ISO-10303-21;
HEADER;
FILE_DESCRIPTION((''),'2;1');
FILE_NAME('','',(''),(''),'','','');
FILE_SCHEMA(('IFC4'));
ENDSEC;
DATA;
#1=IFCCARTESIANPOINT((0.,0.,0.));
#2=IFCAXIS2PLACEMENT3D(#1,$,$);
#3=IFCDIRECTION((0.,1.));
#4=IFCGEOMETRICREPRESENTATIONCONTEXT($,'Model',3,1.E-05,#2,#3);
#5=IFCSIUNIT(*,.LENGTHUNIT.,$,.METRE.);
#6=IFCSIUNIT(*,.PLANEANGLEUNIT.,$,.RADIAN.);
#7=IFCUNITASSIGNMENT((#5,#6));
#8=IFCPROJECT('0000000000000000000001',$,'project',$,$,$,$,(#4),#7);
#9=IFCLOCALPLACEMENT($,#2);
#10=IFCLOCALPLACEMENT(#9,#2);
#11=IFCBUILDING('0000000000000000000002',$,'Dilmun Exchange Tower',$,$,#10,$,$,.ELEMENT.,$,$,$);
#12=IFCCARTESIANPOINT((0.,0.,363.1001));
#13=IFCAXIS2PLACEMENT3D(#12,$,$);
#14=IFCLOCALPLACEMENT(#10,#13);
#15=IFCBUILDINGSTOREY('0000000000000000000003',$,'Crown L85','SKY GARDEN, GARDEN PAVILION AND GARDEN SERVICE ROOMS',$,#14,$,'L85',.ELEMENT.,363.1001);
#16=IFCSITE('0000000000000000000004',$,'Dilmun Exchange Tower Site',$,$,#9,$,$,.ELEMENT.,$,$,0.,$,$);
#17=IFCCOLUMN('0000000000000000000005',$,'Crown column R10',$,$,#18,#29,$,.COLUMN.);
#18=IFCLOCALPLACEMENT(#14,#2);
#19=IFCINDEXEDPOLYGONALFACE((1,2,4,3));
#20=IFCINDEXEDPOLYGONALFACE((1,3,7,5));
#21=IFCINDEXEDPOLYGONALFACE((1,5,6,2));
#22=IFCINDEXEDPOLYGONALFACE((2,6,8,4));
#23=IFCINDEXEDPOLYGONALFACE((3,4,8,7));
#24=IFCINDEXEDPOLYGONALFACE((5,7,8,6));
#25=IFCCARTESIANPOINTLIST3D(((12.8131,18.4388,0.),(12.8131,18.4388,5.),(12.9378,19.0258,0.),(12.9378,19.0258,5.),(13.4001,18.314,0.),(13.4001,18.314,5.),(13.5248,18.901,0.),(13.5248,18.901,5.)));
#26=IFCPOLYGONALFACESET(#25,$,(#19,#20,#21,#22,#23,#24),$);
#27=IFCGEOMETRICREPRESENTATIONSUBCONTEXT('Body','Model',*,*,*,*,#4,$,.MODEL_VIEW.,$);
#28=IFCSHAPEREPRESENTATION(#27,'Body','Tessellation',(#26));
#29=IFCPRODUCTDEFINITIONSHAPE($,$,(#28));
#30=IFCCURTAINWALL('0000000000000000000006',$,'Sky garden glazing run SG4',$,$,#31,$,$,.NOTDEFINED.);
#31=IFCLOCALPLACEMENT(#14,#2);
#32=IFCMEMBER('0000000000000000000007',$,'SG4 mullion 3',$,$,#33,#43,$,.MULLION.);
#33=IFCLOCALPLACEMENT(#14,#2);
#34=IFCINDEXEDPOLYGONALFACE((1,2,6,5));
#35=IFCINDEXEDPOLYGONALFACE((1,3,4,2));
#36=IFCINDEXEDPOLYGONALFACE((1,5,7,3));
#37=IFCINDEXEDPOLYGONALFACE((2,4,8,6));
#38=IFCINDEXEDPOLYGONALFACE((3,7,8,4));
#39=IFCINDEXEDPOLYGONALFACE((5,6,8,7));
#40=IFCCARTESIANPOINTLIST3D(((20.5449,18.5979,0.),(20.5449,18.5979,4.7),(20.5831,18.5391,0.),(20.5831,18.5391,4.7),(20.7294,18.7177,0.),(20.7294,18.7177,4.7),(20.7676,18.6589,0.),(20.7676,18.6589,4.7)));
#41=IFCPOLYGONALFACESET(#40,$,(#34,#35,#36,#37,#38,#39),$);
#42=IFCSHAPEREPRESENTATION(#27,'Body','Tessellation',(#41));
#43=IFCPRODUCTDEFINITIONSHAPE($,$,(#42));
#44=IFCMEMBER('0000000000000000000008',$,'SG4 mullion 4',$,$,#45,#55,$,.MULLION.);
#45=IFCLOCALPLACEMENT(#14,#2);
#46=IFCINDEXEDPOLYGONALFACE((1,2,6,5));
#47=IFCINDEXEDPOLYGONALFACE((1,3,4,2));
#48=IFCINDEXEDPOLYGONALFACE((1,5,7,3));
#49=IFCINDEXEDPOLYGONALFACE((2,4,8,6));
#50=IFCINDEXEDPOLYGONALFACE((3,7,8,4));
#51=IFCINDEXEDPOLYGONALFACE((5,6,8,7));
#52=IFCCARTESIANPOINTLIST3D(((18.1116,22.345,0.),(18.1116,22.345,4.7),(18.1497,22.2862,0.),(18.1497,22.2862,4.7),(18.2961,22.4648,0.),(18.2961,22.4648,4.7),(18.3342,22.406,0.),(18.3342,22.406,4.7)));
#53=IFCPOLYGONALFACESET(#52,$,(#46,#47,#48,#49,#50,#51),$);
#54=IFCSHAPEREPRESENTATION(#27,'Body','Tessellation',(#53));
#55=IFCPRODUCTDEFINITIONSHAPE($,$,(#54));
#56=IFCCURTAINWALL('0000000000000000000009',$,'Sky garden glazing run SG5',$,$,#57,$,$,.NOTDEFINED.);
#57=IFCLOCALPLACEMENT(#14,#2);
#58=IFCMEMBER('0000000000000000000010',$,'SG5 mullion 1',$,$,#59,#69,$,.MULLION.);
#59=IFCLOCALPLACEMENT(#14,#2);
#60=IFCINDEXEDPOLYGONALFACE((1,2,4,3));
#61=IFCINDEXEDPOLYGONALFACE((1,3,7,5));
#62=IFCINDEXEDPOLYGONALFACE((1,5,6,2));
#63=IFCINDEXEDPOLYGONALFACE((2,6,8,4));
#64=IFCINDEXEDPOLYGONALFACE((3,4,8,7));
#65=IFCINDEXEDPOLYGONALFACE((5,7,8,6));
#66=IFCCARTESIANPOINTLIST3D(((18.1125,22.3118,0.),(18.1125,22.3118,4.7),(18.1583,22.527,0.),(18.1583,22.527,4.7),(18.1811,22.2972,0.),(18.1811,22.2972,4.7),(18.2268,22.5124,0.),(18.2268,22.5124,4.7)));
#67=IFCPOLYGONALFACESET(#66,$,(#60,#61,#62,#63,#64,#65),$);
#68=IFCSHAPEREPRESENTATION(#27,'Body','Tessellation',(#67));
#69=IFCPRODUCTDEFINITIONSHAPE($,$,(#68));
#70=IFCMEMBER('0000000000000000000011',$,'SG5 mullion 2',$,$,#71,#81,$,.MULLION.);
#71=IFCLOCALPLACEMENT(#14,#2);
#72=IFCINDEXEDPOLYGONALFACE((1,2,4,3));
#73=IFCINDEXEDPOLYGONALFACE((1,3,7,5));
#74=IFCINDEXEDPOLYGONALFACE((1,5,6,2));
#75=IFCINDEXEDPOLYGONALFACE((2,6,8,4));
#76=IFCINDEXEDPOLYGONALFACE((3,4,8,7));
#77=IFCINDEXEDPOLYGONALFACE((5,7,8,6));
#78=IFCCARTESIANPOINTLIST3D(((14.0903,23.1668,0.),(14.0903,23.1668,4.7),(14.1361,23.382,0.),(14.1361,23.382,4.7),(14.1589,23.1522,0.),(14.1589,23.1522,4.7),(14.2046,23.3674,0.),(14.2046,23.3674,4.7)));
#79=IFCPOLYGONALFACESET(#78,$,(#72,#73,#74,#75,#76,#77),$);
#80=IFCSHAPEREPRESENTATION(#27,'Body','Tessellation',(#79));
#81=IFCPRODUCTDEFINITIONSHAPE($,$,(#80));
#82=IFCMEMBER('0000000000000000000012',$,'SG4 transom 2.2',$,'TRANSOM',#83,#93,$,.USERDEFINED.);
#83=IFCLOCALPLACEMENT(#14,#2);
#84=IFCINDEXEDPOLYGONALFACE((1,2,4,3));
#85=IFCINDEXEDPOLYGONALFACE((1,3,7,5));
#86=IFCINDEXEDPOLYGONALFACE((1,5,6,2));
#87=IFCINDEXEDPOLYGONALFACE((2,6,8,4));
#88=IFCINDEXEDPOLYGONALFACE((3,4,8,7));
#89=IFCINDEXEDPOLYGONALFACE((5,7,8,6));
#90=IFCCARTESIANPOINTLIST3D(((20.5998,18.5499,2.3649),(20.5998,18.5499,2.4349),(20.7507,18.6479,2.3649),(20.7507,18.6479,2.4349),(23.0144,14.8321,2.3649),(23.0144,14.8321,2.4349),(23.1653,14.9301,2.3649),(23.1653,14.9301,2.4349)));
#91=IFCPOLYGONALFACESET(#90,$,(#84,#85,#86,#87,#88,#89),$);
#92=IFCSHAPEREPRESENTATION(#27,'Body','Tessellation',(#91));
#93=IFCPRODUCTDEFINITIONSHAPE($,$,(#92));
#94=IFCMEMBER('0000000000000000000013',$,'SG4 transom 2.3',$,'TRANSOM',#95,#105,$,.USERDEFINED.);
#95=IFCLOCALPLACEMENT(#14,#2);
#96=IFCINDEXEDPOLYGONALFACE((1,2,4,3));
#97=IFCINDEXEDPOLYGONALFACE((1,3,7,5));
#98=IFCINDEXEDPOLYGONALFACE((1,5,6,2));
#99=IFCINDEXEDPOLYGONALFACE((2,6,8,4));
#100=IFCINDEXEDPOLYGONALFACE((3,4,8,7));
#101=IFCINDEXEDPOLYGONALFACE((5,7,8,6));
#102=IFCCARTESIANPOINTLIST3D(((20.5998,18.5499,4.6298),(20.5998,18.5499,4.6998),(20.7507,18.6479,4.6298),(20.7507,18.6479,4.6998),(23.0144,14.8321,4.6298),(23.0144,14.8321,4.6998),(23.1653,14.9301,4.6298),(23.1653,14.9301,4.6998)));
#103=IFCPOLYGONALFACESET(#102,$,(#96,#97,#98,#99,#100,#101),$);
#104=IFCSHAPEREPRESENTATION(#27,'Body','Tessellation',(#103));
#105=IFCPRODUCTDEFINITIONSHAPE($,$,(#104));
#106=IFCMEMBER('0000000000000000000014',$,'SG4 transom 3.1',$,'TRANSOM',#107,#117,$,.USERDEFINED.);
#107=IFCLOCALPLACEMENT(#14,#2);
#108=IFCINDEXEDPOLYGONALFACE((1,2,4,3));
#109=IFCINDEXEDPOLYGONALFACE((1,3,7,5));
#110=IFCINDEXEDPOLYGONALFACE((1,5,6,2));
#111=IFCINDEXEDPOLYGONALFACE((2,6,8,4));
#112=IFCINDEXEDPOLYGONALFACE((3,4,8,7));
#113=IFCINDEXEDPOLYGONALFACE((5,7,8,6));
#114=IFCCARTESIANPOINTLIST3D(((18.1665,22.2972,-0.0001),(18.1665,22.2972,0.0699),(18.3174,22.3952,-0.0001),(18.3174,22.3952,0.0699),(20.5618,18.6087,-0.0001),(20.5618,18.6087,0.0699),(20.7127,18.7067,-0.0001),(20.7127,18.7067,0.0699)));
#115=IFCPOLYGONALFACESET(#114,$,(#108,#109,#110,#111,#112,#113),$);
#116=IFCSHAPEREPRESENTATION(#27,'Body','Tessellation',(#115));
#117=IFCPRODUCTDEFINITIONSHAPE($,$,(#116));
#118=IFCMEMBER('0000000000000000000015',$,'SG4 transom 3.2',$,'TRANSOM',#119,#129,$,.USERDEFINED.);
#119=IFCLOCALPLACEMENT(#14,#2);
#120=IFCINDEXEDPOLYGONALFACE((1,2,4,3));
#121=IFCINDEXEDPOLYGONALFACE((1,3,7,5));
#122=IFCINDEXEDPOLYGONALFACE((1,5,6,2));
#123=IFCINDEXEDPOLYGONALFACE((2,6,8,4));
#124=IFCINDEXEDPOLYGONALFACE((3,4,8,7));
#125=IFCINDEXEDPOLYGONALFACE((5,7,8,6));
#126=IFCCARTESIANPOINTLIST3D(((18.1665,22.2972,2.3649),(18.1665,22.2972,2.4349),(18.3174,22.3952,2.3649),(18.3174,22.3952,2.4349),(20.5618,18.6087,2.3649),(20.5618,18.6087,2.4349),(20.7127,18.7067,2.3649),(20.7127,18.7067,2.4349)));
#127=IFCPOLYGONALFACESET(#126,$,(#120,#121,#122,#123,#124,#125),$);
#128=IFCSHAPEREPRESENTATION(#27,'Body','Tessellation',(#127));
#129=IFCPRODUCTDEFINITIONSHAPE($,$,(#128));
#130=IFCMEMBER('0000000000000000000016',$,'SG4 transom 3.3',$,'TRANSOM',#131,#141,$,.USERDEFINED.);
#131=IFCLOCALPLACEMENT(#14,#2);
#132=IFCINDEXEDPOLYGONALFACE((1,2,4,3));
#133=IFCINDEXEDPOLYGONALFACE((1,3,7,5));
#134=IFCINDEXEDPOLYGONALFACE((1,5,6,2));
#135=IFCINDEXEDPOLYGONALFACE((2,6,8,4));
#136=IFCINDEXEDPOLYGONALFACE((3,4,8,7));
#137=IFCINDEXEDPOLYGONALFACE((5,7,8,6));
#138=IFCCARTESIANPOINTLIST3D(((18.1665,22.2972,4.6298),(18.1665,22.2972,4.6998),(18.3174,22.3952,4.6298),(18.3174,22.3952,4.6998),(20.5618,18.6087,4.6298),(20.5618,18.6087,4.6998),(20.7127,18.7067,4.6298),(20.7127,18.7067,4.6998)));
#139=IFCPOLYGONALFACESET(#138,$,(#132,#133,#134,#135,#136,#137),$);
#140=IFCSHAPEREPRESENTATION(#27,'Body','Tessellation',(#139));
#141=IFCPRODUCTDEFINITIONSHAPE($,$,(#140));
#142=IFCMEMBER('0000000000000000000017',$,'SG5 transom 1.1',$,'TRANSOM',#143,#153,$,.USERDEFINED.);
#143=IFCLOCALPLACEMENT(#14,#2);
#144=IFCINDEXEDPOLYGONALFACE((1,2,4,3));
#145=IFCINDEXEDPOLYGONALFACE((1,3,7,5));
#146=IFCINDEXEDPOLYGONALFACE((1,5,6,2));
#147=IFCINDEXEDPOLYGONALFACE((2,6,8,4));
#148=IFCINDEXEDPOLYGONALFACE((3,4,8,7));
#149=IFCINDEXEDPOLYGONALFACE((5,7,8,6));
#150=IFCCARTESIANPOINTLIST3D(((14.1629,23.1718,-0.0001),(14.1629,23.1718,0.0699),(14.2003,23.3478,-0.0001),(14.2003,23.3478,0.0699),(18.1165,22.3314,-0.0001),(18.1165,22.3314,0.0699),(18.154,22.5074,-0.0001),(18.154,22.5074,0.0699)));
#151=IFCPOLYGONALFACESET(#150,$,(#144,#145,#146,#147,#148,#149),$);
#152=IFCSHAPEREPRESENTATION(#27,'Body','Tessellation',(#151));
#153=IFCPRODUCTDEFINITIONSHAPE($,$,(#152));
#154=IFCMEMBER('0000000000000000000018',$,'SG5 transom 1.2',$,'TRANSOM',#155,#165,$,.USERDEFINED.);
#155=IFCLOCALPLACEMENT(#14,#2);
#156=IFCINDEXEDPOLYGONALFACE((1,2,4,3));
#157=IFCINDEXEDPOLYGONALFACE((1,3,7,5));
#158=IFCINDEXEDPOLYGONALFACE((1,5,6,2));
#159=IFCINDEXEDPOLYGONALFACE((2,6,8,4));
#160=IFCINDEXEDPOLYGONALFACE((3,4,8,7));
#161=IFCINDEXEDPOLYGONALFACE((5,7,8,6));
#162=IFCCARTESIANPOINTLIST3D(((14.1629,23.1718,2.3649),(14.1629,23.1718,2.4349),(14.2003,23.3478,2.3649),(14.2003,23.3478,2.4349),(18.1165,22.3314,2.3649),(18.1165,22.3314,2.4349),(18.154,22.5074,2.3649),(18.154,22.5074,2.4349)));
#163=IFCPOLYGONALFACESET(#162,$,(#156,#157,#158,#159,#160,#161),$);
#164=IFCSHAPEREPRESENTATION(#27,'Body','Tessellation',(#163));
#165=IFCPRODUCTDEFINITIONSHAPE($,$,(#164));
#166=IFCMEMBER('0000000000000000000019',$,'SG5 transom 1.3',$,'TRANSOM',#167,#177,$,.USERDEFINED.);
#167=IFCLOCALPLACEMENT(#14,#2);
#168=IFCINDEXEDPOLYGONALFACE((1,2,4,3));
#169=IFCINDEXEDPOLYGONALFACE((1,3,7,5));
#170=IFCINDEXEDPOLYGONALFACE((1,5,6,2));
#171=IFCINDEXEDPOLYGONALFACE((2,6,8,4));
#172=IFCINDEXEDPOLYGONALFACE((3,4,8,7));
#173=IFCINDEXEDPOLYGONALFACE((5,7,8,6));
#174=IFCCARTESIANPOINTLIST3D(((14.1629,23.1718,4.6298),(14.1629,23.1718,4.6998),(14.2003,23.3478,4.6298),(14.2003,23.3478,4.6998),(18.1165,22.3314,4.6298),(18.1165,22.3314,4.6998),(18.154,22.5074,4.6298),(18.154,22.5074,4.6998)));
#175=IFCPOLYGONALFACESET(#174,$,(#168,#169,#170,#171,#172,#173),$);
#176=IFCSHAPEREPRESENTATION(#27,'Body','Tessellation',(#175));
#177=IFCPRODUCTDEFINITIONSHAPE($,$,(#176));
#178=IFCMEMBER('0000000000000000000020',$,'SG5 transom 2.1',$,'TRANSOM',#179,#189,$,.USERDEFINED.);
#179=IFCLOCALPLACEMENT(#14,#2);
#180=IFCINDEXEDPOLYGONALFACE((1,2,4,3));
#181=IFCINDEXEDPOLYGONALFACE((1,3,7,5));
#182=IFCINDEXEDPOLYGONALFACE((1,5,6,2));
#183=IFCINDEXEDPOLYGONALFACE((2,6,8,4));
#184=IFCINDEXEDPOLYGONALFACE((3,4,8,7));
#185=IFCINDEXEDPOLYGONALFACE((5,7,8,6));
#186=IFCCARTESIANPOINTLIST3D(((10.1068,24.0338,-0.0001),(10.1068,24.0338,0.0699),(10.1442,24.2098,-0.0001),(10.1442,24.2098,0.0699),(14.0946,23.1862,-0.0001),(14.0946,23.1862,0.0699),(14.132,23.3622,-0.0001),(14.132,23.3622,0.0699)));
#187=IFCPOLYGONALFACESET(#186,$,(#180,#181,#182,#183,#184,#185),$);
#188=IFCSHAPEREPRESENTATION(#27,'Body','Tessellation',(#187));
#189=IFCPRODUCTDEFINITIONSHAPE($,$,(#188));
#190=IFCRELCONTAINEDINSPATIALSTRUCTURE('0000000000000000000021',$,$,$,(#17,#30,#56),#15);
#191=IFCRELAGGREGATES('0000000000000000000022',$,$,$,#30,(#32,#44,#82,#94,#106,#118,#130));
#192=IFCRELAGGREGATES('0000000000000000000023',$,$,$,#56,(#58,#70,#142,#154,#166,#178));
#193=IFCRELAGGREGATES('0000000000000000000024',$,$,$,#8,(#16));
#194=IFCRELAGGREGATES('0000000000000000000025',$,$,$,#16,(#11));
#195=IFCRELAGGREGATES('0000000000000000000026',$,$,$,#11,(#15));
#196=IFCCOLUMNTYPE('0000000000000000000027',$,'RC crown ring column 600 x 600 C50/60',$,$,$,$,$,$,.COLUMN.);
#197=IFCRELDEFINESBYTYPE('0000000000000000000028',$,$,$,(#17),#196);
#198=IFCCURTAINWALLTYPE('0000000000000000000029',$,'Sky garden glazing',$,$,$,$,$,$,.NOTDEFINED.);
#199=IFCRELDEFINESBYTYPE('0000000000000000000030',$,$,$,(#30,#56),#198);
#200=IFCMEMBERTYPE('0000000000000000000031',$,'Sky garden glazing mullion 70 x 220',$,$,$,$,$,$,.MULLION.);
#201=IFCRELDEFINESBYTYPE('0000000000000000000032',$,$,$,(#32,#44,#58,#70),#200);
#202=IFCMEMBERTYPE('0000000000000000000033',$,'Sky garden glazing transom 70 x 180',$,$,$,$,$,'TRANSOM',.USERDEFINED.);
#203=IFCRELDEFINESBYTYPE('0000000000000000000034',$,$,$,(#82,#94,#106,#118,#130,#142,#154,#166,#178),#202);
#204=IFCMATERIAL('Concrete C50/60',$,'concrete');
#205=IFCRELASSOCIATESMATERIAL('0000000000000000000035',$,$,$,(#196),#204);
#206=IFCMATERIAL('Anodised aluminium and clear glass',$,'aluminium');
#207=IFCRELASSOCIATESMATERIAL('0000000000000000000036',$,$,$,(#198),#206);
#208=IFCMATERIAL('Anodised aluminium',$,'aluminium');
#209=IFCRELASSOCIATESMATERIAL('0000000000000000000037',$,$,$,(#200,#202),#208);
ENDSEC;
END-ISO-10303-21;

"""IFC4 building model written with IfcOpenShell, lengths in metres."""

from ifc_helpers import new_model, si_unit, direction, frame, origin, origin_2d, place, context, subcontext, project, spatial, rectangle, extrude, material, material_profile, profile_set, type_object, element, aggregate, save


model = new_model("IFC4")

# Units and contexts
model_context = context("Model", 3, precision=1e-05, world=origin(), true_north=direction((0.0, 1.0)))
body_context = subcontext(model_context, "Body", "Model", "MODEL_VIEW")
ifc_project = project(units=[si_unit("LENGTHUNIT", "METRE"), si_unit("PLANEANGLEUNIT", "RADIAN")], contexts=[model_context])

# Site, building, storey
site_placement = place(None, origin())
site = spatial("IfcSite", under=ifc_project, at=site_placement, Name="Dilmun Exchange Tower Site", CompositionType="ELEMENT", RefElevation=0.0)
building_placement = place(site_placement, origin())
building = spatial("IfcBuilding", under=site, at=building_placement, Name="Dilmun Exchange Tower", CompositionType="ELEMENT")
storey_placement = place(building_placement, frame((0.0, 0.0, 363.1001)))
storey = spatial("IfcBuildingStorey", under=building, at=storey_placement, Name="Crown L85", Description="SKY GARDEN, GARDEN PAVILION AND GARDEN SERVICE ROOMS", LongName="L85", CompositionType="ELEMENT", Elevation=363.1001)

# Column
ifc_material_1 = material(Name="Concrete C50/60", Category="concrete")
ifc_material_profile_1 = material_profile(ifc_material_1, rectangle(XDim=0.6001, YDim=0.6001, at=origin_2d()), Name="600 x 600")
ifc_profile_set_1 = profile_set([ifc_material_profile_1], Name="Concrete C50/60")
column_type = type_object("IfcColumnType", Name="RC crown ring column 600 x 600 C50/60", PredefinedType="COLUMN", material=ifc_profile_set_1)
column_placement = place(storey_placement, frame((13.1689, 18.6699, 0.0), z_axis=(0.0, 0.0, 1.0), x_axis=(0.207912, 0.978148, 0.0)))
element("IfcColumn", 1, at=column_placement, inside=storey, type_object=column_type, Name="Crown column R10", PredefinedType="COLUMN", context=body_context, shape_type="SweptSolid", body=[
    extrude(rectangle(XDim=0.6001, YDim=0.6001, at=origin_2d()), origin(), (0.0, 0.0, 1.0), 5.0),
])

# Curtain walls, members
ifc_material_2 = material(Name="Anodised aluminium and clear glass", Category="aluminium")
curtain_wall_type = type_object("IfcCurtainWallType", Name="Sky garden glazing", PredefinedType="NOTDEFINED", material=ifc_material_2)
curtain_wall_1_placement = place(storey_placement, origin())
curtain_wall_1 = element("IfcCurtainWall", 2, at=curtain_wall_1_placement, inside=storey, type_object=curtain_wall_type, Name="Sky garden glazing run SG4", PredefinedType="NOTDEFINED")
ifc_material_3 = material(Name="Anodised aluminium", Category="aluminium")
ifc_material_profile_2 = material_profile(ifc_material_3, rectangle(XDim=0.22, YDim=0.0701, at=origin_2d()), Name="AL 70x220")
ifc_profile_set_2 = profile_set([ifc_material_profile_2], Name="Anodised aluminium")
member_type_1 = type_object("IfcMemberType", Name="Sky garden glazing mullion 70 x 220", PredefinedType="MULLION", material=ifc_profile_set_2)
member_1_placement = place(storey_placement, frame((20.6562, 18.6284, 0.0), z_axis=(0.0, 0.0, 1.0), x_axis=(-0.838667, -0.544644, 0.0)))
member_1 = element("IfcMember", 3, at=member_1_placement, type_object=member_type_1, Name="SG4 mullion 3", PredefinedType="MULLION", context=body_context, shape_type="SweptSolid", body=[
    extrude(rectangle(XDim=0.22, YDim=0.0701, at=origin_2d()), origin(), (0.0, 0.0, 1.0), 4.7),
])
member_2_placement = place(storey_placement, frame((18.2229, 22.3755, 0.0), z_axis=(0.0, 0.0, 1.0), x_axis=(-0.838667, -0.544644, 0.0)))
member_2 = element("IfcMember", 4, at=member_2_placement, type_object=member_type_1, Name="SG4 mullion 4", PredefinedType="MULLION", context=body_context, shape_type="SweptSolid", body=[
    extrude(rectangle(XDim=0.22, YDim=0.0701, at=origin_2d()), origin(), (0.0, 0.0, 1.0), 4.7),
])
curtain_wall_2_placement = place(storey_placement, origin())
curtain_wall_2 = element("IfcCurtainWall", 5, at=curtain_wall_2_placement, inside=storey, type_object=curtain_wall_type, Name="Sky garden glazing run SG5", PredefinedType="NOTDEFINED")
member_3_placement = place(storey_placement, frame((18.1697, 22.4121, 0.0), z_axis=(0.0, 0.0, 1.0), x_axis=(-0.20791, -0.978148, 0.0)))
member_3 = element("IfcMember", 6, at=member_3_placement, type_object=member_type_1, Name="SG5 mullion 1", PredefinedType="MULLION", context=body_context, shape_type="SweptSolid", body=[
    extrude(rectangle(XDim=0.22, YDim=0.0701, at=origin_2d()), origin(), (0.0, 0.0, 1.0), 4.7),
])
member_4_placement = place(storey_placement, frame((14.1475, 23.2671, 0.0), z_axis=(0.0, 0.0, 1.0), x_axis=(-0.20791, -0.978148, 0.0)))
member_4 = element("IfcMember", 7, at=member_4_placement, type_object=member_type_1, Name="SG5 mullion 2", PredefinedType="MULLION", context=body_context, shape_type="SweptSolid", body=[
    extrude(rectangle(XDim=0.22, YDim=0.0701, at=origin_2d()), origin(), (0.0, 0.0, 1.0), 4.7),
])

# Members
ifc_material_profile_3 = material_profile(ifc_material_3, rectangle(XDim=0.1799, YDim=0.0701, at=origin_2d()), Name="AL 70x180")
ifc_profile_set_3 = profile_set([ifc_material_profile_3], Name="Anodised aluminium")
member_type_2 = type_object("IfcMemberType", Name="Sky garden glazing transom 70 x 180", ElementType="TRANSOM", PredefinedType="USERDEFINED", material=ifc_profile_set_3)
member_5_placement = place(storey_placement, frame((23.0898, 14.8811, 2.3999), z_axis=(-0.544671, 0.83865, 0.0), x_axis=(-0.83865, -0.544671, 0.0)))
member_5 = element("IfcMember", 8, at=member_5_placement, type_object=member_type_2, Name="SG4 transom 2.2", ObjectType="TRANSOM", PredefinedType="USERDEFINED", context=body_context, shape_type="SweptSolid", body=[
    extrude(rectangle(XDim=0.1799, YDim=0.0701, at=origin_2d()), origin(), (0.0, 0.0, 1.0), 4.4331),
])
member_6_placement = place(storey_placement, frame((23.0898, 14.8811, 4.6648), z_axis=(-0.544671, 0.83865, 0.0), x_axis=(-0.83865, -0.544671, 0.0)))
member_6 = element("IfcMember", 9, at=member_6_placement, type_object=member_type_2, Name="SG4 transom 2.3", ObjectType="TRANSOM", PredefinedType="USERDEFINED", context=body_context, shape_type="SweptSolid", body=[
    extrude(rectangle(XDim=0.1799, YDim=0.0701, at=origin_2d()), origin(), (0.0, 0.0, 1.0), 4.4331),
])
member_7_placement = place(storey_placement, frame((20.6372, 18.6577, 0.0349), z_axis=(-0.544629, 0.838677, 0.0), x_axis=(-0.838677, -0.544629, 0.0)))
member_7 = element("IfcMember", 10, at=member_7_placement, type_object=member_type_2, Name="SG4 transom 3.1", ObjectType="TRANSOM", PredefinedType="USERDEFINED", context=body_context, shape_type="SweptSolid", body=[
    extrude(rectangle(XDim=0.1799, YDim=0.0701, at=origin_2d()), origin(), (0.0, 0.0, 1.0), 4.3979),
])
member_8_placement = place(storey_placement, frame((20.6372, 18.6577, 2.3999), z_axis=(-0.544629, 0.838677, 0.0), x_axis=(-0.838677, -0.544629, 0.0)))
member_8 = element("IfcMember", 11, at=member_8_placement, type_object=member_type_2, Name="SG4 transom 3.2", ObjectType="TRANSOM", PredefinedType="USERDEFINED", context=body_context, shape_type="SweptSolid", body=[
    extrude(rectangle(XDim=0.1799, YDim=0.0701, at=origin_2d()), origin(), (0.0, 0.0, 1.0), 4.3979),
])
member_9_placement = place(storey_placement, frame((20.6372, 18.6577, 4.6648), z_axis=(-0.544629, 0.838677, 0.0), x_axis=(-0.838677, -0.544629, 0.0)))
member_9 = element("IfcMember", 12, at=member_9_placement, type_object=member_type_2, Name="SG4 transom 3.3", ObjectType="TRANSOM", PredefinedType="USERDEFINED", context=body_context, shape_type="SweptSolid", body=[
    extrude(rectangle(XDim=0.1799, YDim=0.0701, at=origin_2d()), origin(), (0.0, 0.0, 1.0), 4.3979),
])
member_10_placement = place(storey_placement, frame((18.1353, 22.4194, 0.0349), z_axis=(-0.978149, 0.207904, 0.0), x_axis=(-0.207904, -0.978149, 0.0)))
member_10 = element("IfcMember", 13, at=member_10_placement, type_object=member_type_2, Name="SG5 transom 1.1", ObjectType="TRANSOM", PredefinedType="USERDEFINED", context=body_context, shape_type="SweptSolid", body=[
    extrude(rectangle(XDim=0.1799, YDim=0.0701, at=origin_2d()), origin(), (0.0, 0.0, 1.0), 4.042),
])
member_11_placement = place(storey_placement, frame((18.1353, 22.4194, 2.3999), z_axis=(-0.978149, 0.207904, 0.0), x_axis=(-0.207904, -0.978149, 0.0)))
member_11 = element("IfcMember", 14, at=member_11_placement, type_object=member_type_2, Name="SG5 transom 1.2", ObjectType="TRANSOM", PredefinedType="USERDEFINED", context=body_context, shape_type="SweptSolid", body=[
    extrude(rectangle(XDim=0.1799, YDim=0.0701, at=origin_2d()), origin(), (0.0, 0.0, 1.0), 4.042),
])
member_12_placement = place(storey_placement, frame((18.1353, 22.4194, 4.6648), z_axis=(-0.978149, 0.207904, 0.0), x_axis=(-0.207904, -0.978149, 0.0)))
member_12 = element("IfcMember", 15, at=member_12_placement, type_object=member_type_2, Name="SG5 transom 1.3", ObjectType="TRANSOM", PredefinedType="USERDEFINED", context=body_context, shape_type="SweptSolid", body=[
    extrude(rectangle(XDim=0.1799, YDim=0.0701, at=origin_2d()), origin(), (0.0, 0.0, 1.0), 4.042),
])
member_13_placement = place(storey_placement, frame((14.1133, 23.2742, 0.0349), z_axis=(-0.978146, 0.207917, 0.0), x_axis=(-0.207917, -0.978146, 0.0)))
member_13 = element("IfcMember", 16, at=member_13_placement, type_object=member_type_2, Name="SG5 transom 2.1", ObjectType="TRANSOM", PredefinedType="USERDEFINED", context=body_context, shape_type="SweptSolid", body=[
    extrude(rectangle(XDim=0.1799, YDim=0.0701, at=origin_2d()), origin(), (0.0, 0.0, 1.0), 4.0769),
])

aggregate(curtain_wall_1, [member_1, member_2, member_5, member_6, member_7, member_8, member_9])
aggregate(curtain_wall_2, [member_3, member_4, member_10, member_11, member_12, member_13])

save(model, "model.ifc")
